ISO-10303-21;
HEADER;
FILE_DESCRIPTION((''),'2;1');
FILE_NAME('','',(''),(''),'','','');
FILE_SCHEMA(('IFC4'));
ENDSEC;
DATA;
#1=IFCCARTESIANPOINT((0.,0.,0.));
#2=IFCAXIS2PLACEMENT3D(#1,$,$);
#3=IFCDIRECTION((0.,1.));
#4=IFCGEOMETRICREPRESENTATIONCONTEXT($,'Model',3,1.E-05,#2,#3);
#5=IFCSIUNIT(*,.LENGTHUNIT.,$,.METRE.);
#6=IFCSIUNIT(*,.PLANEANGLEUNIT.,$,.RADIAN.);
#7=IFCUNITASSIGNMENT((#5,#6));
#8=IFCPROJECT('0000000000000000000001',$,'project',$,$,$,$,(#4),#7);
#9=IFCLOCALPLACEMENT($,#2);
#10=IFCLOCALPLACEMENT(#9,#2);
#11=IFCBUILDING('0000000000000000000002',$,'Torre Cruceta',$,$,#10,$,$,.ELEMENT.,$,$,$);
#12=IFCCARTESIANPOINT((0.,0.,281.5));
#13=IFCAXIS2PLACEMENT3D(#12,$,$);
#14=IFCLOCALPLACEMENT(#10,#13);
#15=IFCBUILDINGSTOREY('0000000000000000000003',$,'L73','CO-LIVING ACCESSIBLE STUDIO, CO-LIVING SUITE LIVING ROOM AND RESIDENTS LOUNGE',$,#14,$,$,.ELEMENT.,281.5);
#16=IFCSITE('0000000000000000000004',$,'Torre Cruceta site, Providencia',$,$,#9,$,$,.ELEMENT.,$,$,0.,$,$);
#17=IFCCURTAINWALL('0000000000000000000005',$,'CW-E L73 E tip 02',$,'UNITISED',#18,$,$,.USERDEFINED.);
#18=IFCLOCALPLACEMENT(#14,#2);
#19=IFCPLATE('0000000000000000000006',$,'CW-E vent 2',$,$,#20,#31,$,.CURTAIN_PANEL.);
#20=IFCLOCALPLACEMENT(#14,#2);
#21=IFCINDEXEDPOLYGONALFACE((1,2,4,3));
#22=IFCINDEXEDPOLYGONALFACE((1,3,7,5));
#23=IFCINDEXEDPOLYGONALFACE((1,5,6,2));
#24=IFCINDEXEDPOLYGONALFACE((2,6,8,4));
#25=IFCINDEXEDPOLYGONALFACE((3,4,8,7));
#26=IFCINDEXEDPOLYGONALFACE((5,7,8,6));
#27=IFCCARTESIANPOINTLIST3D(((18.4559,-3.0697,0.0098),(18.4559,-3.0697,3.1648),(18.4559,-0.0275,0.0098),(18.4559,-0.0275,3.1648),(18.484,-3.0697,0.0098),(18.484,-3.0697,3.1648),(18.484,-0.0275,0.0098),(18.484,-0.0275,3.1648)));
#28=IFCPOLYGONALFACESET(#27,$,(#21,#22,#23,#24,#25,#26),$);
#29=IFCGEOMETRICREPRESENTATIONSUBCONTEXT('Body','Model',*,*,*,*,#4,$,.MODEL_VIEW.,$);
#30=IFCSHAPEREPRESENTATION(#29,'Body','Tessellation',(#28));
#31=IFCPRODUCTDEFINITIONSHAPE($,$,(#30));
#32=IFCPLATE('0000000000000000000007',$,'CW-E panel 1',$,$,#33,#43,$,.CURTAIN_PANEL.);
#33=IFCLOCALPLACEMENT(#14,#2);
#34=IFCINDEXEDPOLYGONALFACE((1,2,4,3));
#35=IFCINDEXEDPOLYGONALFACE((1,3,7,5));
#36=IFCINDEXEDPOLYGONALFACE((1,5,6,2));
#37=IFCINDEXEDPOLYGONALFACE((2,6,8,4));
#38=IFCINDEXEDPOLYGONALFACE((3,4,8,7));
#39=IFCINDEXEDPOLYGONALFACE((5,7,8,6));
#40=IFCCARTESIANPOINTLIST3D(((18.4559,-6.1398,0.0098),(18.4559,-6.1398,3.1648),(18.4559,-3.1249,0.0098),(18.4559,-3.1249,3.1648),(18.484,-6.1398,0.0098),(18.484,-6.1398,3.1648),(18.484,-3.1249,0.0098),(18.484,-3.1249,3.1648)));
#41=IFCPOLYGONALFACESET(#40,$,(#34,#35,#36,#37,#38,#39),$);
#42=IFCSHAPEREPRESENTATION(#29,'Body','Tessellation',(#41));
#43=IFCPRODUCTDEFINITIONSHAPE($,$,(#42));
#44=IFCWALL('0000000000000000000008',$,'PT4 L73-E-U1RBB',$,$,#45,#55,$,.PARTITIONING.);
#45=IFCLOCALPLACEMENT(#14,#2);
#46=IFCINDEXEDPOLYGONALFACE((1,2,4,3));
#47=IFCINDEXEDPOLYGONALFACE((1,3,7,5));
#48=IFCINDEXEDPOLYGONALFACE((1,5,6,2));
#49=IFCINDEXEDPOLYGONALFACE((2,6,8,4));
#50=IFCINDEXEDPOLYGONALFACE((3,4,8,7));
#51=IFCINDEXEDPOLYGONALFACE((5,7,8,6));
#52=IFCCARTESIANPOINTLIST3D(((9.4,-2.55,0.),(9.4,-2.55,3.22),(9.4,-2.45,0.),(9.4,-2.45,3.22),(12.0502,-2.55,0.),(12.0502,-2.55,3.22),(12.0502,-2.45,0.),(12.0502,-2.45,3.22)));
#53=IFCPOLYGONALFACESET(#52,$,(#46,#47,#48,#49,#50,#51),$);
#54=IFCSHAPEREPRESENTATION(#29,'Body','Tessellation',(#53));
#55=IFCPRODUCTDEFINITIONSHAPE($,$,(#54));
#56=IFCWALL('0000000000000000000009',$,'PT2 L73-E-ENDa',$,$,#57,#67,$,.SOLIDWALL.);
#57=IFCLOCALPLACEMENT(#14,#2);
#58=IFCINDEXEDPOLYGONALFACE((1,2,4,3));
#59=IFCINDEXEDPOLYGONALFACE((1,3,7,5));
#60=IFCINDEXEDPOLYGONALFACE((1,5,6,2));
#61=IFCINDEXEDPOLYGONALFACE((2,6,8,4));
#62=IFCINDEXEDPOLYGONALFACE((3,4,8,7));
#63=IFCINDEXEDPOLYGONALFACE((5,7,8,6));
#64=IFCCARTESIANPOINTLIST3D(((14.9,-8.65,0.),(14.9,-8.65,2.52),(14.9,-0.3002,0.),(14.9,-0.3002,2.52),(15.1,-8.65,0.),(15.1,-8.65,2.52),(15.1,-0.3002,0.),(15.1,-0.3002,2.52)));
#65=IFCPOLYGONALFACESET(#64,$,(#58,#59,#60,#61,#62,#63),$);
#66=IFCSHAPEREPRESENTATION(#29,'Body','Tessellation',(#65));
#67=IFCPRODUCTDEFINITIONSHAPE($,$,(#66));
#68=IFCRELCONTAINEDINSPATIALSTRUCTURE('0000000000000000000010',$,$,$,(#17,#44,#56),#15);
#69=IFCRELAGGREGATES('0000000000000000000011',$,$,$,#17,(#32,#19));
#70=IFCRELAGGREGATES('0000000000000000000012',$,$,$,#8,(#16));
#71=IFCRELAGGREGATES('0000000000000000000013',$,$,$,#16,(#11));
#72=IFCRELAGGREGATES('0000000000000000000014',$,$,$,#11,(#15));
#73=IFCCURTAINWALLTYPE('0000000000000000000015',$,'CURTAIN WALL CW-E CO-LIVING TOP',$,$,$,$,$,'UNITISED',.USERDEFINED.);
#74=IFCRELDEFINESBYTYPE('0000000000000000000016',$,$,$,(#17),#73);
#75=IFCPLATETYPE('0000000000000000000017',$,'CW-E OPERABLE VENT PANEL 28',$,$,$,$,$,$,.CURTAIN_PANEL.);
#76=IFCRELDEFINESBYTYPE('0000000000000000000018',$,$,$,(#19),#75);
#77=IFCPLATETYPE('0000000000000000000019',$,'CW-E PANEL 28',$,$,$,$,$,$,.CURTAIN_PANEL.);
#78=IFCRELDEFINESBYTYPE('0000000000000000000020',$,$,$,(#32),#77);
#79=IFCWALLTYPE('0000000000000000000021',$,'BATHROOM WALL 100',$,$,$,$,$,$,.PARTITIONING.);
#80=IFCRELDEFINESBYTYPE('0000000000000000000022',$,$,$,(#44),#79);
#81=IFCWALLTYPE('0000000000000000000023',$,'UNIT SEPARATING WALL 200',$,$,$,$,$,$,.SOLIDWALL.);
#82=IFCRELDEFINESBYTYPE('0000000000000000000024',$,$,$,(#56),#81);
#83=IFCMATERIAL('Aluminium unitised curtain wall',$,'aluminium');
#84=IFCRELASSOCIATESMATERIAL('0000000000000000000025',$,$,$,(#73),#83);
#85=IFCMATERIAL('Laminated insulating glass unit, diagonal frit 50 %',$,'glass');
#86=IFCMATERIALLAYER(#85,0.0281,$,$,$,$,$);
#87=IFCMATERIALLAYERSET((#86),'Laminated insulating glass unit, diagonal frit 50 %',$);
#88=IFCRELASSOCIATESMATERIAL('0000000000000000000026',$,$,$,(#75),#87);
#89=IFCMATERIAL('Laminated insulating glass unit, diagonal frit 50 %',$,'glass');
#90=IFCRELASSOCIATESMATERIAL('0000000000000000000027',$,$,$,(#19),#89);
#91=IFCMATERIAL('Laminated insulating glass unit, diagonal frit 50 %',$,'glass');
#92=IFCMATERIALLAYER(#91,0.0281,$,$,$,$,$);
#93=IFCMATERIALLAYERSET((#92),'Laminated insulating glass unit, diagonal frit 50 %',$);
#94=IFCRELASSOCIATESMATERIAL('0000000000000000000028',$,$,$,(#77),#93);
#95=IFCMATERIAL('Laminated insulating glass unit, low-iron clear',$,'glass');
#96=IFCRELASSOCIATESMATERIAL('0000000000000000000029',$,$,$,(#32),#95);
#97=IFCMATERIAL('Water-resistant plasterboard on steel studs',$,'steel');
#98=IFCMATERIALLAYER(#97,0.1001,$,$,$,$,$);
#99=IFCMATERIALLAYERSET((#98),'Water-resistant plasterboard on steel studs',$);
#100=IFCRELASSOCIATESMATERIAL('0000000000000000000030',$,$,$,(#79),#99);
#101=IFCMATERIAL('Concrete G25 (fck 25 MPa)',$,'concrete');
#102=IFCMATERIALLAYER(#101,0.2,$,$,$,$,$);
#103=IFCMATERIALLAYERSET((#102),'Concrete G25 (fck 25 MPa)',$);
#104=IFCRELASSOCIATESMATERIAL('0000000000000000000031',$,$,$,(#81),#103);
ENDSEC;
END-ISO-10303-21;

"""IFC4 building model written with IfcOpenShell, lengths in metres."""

from ifc_helpers import new_model, si_unit, direction, frame, frame_2d, origin, origin_2d, place, context, subcontext, project, spatial, rectangle, extrude, material, layer, layer_set, type_object, element, aggregate, save


model = new_model("IFC4")

# Units and contexts
model_context = context("Model", 3, precision=1e-05, world=origin(), true_north=direction((0.0, 1.0)))
body_context = subcontext(model_context, "Body", "Model", "MODEL_VIEW")
ifc_project = project(units=[si_unit("LENGTHUNIT", "METRE"), si_unit("PLANEANGLEUNIT", "RADIAN")], contexts=[model_context])

# Site, building, storey
site_placement = place(None, origin())
site = spatial("IfcSite", under=ifc_project, at=site_placement, Name="Torre Cruceta site, Providencia", CompositionType="ELEMENT", RefElevation=0.0)
building_placement = place(site_placement, origin())
building = spatial("IfcBuilding", under=site, at=building_placement, Name="Torre Cruceta", CompositionType="ELEMENT")
storey_placement = place(building_placement, frame((0.0, 0.0, 281.5)))
storey = spatial("IfcBuildingStorey", under=building, at=storey_placement, Name="L73", Description="CO-LIVING ACCESSIBLE STUDIO, CO-LIVING SUITE LIVING ROOM AND RESIDENTS LOUNGE", CompositionType="ELEMENT", Elevation=281.5)

# Curtain wall
ifc_material_1 = material(Name="Aluminium unitised curtain wall", Category="aluminium")
curtain_wall_type = type_object("IfcCurtainWallType", Name="CURTAIN WALL CW-E CO-LIVING TOP", ElementType="UNITISED", PredefinedType="USERDEFINED", material=ifc_material_1)
curtain_wall_placement = place(storey_placement, origin())
curtain_wall = element("IfcCurtainWall", 1, at=curtain_wall_placement, inside=storey, type_object=curtain_wall_type, Name="CW-E L73 E tip 02", ObjectType="UNITISED", PredefinedType="USERDEFINED")

# Plates
ifc_material_2 = material(Name="Laminated insulating glass unit, diagonal frit 50 %", Category="glass")
ifc_material_3 = material(Name="Laminated insulating glass unit, diagonal frit 50 %", Category="glass")
ifc_layer_1 = layer(ifc_material_3, 0.0281)
ifc_layer_set_1 = layer_set([ifc_layer_1], Name="Laminated insulating glass unit, diagonal frit 50 %")
plate_type_1 = type_object("IfcPlateType", Name="CW-E OPERABLE VENT PANEL 28", PredefinedType="CURTAIN_PANEL", material=ifc_layer_set_1)
plate_1_placement = place(storey_placement, frame((18.47, -1.5486, 0.0098), z_axis=(0.0, 0.0, 1.0), x_axis=(0.0, 1.0, 0.0)))
plate_1 = element("IfcPlate", 2, at=plate_1_placement, type_object=plate_type_1, material=ifc_material_2, Name="CW-E vent 2", PredefinedType="CURTAIN_PANEL", context=body_context, shape_type="SweptSolid", body=[
    extrude(rectangle(XDim=3.0422, YDim=0.0281, at=origin_2d()), origin(), (0.0, 0.0, 1.0), 3.155),
])
ifc_material_4 = material(Name="Laminated insulating glass unit, low-iron clear", Category="glass")
ifc_material_5 = material(Name="Laminated insulating glass unit, diagonal frit 50 %", Category="glass")
ifc_layer_2 = layer(ifc_material_5, 0.0281)
ifc_layer_set_2 = layer_set([ifc_layer_2], Name="Laminated insulating glass unit, diagonal frit 50 %")
plate_type_2 = type_object("IfcPlateType", Name="CW-E PANEL 28", PredefinedType="CURTAIN_PANEL", material=ifc_layer_set_2)
plate_2_placement = place(storey_placement, frame((18.47, -4.6323, 0.0098), z_axis=(0.0, 0.0, 1.0), x_axis=(0.0, 1.0, 0.0)))
plate_2 = element("IfcPlate", 3, at=plate_2_placement, type_object=plate_type_2, material=ifc_material_4, Name="CW-E panel 1", PredefinedType="CURTAIN_PANEL", context=body_context, shape_type="SweptSolid", body=[
    extrude(rectangle(XDim=3.0149, YDim=0.0281, at=origin_2d()), origin(), (0.0, 0.0, 1.0), 3.155),
])
aggregate(curtain_wall, [plate_2, plate_1])

# Walls
ifc_material_6 = material(Name="Water-resistant plasterboard on steel studs", Category="steel")
ifc_layer_3 = layer(ifc_material_6, 0.1001)
ifc_layer_set_3 = layer_set([ifc_layer_3], Name="Water-resistant plasterboard on steel studs")
wall_type_1 = type_object("IfcWallType", Name="BATHROOM WALL 100", PredefinedType="PARTITIONING", material=ifc_layer_set_3)
wall_1_placement = place(storey_placement, frame((9.3999, -2.5, 0.0), z_axis=(0.0, 0.0, 1.0), x_axis=(1.0, 0.0, 0.0)))
element("IfcWall", 4, at=wall_1_placement, inside=storey, type_object=wall_type_1, Name="PT4 L73-E-U1RBB", PredefinedType="PARTITIONING", context=body_context, shape_type="SweptSolid", body=[
    extrude(rectangle(XDim=2.6501, YDim=0.1001, at=frame_2d((1.3252, 0.0))), origin(), (0.0, 0.0, 1.0), 3.22),
])
ifc_material_7 = material(Name="Concrete G25 (fck 25 MPa)", Category="concrete")
ifc_layer_4 = layer(ifc_material_7, 0.2)
ifc_layer_set_4 = layer_set([ifc_layer_4], Name="Concrete G25 (fck 25 MPa)")
wall_type_2 = type_object("IfcWallType", Name="UNIT SEPARATING WALL 200", PredefinedType="SOLIDWALL", material=ifc_layer_set_4)
wall_2_placement = place(storey_placement, frame((15.0, -8.6499, 0.0), z_axis=(0.0, 0.0, 1.0), x_axis=(0.0, 1.0, 0.0)))
element("IfcWall", 5, at=wall_2_placement, inside=storey, type_object=wall_type_2, Name="PT2 L73-E-ENDa", PredefinedType="SOLIDWALL", context=body_context, shape_type="SweptSolid", body=[
    extrude(rectangle(XDim=8.3499, YDim=0.2, at=frame_2d((4.1748, 0.0))), origin(), (0.0, 0.0, 1.0), 2.52),
])

save(model, "model.ifc")
